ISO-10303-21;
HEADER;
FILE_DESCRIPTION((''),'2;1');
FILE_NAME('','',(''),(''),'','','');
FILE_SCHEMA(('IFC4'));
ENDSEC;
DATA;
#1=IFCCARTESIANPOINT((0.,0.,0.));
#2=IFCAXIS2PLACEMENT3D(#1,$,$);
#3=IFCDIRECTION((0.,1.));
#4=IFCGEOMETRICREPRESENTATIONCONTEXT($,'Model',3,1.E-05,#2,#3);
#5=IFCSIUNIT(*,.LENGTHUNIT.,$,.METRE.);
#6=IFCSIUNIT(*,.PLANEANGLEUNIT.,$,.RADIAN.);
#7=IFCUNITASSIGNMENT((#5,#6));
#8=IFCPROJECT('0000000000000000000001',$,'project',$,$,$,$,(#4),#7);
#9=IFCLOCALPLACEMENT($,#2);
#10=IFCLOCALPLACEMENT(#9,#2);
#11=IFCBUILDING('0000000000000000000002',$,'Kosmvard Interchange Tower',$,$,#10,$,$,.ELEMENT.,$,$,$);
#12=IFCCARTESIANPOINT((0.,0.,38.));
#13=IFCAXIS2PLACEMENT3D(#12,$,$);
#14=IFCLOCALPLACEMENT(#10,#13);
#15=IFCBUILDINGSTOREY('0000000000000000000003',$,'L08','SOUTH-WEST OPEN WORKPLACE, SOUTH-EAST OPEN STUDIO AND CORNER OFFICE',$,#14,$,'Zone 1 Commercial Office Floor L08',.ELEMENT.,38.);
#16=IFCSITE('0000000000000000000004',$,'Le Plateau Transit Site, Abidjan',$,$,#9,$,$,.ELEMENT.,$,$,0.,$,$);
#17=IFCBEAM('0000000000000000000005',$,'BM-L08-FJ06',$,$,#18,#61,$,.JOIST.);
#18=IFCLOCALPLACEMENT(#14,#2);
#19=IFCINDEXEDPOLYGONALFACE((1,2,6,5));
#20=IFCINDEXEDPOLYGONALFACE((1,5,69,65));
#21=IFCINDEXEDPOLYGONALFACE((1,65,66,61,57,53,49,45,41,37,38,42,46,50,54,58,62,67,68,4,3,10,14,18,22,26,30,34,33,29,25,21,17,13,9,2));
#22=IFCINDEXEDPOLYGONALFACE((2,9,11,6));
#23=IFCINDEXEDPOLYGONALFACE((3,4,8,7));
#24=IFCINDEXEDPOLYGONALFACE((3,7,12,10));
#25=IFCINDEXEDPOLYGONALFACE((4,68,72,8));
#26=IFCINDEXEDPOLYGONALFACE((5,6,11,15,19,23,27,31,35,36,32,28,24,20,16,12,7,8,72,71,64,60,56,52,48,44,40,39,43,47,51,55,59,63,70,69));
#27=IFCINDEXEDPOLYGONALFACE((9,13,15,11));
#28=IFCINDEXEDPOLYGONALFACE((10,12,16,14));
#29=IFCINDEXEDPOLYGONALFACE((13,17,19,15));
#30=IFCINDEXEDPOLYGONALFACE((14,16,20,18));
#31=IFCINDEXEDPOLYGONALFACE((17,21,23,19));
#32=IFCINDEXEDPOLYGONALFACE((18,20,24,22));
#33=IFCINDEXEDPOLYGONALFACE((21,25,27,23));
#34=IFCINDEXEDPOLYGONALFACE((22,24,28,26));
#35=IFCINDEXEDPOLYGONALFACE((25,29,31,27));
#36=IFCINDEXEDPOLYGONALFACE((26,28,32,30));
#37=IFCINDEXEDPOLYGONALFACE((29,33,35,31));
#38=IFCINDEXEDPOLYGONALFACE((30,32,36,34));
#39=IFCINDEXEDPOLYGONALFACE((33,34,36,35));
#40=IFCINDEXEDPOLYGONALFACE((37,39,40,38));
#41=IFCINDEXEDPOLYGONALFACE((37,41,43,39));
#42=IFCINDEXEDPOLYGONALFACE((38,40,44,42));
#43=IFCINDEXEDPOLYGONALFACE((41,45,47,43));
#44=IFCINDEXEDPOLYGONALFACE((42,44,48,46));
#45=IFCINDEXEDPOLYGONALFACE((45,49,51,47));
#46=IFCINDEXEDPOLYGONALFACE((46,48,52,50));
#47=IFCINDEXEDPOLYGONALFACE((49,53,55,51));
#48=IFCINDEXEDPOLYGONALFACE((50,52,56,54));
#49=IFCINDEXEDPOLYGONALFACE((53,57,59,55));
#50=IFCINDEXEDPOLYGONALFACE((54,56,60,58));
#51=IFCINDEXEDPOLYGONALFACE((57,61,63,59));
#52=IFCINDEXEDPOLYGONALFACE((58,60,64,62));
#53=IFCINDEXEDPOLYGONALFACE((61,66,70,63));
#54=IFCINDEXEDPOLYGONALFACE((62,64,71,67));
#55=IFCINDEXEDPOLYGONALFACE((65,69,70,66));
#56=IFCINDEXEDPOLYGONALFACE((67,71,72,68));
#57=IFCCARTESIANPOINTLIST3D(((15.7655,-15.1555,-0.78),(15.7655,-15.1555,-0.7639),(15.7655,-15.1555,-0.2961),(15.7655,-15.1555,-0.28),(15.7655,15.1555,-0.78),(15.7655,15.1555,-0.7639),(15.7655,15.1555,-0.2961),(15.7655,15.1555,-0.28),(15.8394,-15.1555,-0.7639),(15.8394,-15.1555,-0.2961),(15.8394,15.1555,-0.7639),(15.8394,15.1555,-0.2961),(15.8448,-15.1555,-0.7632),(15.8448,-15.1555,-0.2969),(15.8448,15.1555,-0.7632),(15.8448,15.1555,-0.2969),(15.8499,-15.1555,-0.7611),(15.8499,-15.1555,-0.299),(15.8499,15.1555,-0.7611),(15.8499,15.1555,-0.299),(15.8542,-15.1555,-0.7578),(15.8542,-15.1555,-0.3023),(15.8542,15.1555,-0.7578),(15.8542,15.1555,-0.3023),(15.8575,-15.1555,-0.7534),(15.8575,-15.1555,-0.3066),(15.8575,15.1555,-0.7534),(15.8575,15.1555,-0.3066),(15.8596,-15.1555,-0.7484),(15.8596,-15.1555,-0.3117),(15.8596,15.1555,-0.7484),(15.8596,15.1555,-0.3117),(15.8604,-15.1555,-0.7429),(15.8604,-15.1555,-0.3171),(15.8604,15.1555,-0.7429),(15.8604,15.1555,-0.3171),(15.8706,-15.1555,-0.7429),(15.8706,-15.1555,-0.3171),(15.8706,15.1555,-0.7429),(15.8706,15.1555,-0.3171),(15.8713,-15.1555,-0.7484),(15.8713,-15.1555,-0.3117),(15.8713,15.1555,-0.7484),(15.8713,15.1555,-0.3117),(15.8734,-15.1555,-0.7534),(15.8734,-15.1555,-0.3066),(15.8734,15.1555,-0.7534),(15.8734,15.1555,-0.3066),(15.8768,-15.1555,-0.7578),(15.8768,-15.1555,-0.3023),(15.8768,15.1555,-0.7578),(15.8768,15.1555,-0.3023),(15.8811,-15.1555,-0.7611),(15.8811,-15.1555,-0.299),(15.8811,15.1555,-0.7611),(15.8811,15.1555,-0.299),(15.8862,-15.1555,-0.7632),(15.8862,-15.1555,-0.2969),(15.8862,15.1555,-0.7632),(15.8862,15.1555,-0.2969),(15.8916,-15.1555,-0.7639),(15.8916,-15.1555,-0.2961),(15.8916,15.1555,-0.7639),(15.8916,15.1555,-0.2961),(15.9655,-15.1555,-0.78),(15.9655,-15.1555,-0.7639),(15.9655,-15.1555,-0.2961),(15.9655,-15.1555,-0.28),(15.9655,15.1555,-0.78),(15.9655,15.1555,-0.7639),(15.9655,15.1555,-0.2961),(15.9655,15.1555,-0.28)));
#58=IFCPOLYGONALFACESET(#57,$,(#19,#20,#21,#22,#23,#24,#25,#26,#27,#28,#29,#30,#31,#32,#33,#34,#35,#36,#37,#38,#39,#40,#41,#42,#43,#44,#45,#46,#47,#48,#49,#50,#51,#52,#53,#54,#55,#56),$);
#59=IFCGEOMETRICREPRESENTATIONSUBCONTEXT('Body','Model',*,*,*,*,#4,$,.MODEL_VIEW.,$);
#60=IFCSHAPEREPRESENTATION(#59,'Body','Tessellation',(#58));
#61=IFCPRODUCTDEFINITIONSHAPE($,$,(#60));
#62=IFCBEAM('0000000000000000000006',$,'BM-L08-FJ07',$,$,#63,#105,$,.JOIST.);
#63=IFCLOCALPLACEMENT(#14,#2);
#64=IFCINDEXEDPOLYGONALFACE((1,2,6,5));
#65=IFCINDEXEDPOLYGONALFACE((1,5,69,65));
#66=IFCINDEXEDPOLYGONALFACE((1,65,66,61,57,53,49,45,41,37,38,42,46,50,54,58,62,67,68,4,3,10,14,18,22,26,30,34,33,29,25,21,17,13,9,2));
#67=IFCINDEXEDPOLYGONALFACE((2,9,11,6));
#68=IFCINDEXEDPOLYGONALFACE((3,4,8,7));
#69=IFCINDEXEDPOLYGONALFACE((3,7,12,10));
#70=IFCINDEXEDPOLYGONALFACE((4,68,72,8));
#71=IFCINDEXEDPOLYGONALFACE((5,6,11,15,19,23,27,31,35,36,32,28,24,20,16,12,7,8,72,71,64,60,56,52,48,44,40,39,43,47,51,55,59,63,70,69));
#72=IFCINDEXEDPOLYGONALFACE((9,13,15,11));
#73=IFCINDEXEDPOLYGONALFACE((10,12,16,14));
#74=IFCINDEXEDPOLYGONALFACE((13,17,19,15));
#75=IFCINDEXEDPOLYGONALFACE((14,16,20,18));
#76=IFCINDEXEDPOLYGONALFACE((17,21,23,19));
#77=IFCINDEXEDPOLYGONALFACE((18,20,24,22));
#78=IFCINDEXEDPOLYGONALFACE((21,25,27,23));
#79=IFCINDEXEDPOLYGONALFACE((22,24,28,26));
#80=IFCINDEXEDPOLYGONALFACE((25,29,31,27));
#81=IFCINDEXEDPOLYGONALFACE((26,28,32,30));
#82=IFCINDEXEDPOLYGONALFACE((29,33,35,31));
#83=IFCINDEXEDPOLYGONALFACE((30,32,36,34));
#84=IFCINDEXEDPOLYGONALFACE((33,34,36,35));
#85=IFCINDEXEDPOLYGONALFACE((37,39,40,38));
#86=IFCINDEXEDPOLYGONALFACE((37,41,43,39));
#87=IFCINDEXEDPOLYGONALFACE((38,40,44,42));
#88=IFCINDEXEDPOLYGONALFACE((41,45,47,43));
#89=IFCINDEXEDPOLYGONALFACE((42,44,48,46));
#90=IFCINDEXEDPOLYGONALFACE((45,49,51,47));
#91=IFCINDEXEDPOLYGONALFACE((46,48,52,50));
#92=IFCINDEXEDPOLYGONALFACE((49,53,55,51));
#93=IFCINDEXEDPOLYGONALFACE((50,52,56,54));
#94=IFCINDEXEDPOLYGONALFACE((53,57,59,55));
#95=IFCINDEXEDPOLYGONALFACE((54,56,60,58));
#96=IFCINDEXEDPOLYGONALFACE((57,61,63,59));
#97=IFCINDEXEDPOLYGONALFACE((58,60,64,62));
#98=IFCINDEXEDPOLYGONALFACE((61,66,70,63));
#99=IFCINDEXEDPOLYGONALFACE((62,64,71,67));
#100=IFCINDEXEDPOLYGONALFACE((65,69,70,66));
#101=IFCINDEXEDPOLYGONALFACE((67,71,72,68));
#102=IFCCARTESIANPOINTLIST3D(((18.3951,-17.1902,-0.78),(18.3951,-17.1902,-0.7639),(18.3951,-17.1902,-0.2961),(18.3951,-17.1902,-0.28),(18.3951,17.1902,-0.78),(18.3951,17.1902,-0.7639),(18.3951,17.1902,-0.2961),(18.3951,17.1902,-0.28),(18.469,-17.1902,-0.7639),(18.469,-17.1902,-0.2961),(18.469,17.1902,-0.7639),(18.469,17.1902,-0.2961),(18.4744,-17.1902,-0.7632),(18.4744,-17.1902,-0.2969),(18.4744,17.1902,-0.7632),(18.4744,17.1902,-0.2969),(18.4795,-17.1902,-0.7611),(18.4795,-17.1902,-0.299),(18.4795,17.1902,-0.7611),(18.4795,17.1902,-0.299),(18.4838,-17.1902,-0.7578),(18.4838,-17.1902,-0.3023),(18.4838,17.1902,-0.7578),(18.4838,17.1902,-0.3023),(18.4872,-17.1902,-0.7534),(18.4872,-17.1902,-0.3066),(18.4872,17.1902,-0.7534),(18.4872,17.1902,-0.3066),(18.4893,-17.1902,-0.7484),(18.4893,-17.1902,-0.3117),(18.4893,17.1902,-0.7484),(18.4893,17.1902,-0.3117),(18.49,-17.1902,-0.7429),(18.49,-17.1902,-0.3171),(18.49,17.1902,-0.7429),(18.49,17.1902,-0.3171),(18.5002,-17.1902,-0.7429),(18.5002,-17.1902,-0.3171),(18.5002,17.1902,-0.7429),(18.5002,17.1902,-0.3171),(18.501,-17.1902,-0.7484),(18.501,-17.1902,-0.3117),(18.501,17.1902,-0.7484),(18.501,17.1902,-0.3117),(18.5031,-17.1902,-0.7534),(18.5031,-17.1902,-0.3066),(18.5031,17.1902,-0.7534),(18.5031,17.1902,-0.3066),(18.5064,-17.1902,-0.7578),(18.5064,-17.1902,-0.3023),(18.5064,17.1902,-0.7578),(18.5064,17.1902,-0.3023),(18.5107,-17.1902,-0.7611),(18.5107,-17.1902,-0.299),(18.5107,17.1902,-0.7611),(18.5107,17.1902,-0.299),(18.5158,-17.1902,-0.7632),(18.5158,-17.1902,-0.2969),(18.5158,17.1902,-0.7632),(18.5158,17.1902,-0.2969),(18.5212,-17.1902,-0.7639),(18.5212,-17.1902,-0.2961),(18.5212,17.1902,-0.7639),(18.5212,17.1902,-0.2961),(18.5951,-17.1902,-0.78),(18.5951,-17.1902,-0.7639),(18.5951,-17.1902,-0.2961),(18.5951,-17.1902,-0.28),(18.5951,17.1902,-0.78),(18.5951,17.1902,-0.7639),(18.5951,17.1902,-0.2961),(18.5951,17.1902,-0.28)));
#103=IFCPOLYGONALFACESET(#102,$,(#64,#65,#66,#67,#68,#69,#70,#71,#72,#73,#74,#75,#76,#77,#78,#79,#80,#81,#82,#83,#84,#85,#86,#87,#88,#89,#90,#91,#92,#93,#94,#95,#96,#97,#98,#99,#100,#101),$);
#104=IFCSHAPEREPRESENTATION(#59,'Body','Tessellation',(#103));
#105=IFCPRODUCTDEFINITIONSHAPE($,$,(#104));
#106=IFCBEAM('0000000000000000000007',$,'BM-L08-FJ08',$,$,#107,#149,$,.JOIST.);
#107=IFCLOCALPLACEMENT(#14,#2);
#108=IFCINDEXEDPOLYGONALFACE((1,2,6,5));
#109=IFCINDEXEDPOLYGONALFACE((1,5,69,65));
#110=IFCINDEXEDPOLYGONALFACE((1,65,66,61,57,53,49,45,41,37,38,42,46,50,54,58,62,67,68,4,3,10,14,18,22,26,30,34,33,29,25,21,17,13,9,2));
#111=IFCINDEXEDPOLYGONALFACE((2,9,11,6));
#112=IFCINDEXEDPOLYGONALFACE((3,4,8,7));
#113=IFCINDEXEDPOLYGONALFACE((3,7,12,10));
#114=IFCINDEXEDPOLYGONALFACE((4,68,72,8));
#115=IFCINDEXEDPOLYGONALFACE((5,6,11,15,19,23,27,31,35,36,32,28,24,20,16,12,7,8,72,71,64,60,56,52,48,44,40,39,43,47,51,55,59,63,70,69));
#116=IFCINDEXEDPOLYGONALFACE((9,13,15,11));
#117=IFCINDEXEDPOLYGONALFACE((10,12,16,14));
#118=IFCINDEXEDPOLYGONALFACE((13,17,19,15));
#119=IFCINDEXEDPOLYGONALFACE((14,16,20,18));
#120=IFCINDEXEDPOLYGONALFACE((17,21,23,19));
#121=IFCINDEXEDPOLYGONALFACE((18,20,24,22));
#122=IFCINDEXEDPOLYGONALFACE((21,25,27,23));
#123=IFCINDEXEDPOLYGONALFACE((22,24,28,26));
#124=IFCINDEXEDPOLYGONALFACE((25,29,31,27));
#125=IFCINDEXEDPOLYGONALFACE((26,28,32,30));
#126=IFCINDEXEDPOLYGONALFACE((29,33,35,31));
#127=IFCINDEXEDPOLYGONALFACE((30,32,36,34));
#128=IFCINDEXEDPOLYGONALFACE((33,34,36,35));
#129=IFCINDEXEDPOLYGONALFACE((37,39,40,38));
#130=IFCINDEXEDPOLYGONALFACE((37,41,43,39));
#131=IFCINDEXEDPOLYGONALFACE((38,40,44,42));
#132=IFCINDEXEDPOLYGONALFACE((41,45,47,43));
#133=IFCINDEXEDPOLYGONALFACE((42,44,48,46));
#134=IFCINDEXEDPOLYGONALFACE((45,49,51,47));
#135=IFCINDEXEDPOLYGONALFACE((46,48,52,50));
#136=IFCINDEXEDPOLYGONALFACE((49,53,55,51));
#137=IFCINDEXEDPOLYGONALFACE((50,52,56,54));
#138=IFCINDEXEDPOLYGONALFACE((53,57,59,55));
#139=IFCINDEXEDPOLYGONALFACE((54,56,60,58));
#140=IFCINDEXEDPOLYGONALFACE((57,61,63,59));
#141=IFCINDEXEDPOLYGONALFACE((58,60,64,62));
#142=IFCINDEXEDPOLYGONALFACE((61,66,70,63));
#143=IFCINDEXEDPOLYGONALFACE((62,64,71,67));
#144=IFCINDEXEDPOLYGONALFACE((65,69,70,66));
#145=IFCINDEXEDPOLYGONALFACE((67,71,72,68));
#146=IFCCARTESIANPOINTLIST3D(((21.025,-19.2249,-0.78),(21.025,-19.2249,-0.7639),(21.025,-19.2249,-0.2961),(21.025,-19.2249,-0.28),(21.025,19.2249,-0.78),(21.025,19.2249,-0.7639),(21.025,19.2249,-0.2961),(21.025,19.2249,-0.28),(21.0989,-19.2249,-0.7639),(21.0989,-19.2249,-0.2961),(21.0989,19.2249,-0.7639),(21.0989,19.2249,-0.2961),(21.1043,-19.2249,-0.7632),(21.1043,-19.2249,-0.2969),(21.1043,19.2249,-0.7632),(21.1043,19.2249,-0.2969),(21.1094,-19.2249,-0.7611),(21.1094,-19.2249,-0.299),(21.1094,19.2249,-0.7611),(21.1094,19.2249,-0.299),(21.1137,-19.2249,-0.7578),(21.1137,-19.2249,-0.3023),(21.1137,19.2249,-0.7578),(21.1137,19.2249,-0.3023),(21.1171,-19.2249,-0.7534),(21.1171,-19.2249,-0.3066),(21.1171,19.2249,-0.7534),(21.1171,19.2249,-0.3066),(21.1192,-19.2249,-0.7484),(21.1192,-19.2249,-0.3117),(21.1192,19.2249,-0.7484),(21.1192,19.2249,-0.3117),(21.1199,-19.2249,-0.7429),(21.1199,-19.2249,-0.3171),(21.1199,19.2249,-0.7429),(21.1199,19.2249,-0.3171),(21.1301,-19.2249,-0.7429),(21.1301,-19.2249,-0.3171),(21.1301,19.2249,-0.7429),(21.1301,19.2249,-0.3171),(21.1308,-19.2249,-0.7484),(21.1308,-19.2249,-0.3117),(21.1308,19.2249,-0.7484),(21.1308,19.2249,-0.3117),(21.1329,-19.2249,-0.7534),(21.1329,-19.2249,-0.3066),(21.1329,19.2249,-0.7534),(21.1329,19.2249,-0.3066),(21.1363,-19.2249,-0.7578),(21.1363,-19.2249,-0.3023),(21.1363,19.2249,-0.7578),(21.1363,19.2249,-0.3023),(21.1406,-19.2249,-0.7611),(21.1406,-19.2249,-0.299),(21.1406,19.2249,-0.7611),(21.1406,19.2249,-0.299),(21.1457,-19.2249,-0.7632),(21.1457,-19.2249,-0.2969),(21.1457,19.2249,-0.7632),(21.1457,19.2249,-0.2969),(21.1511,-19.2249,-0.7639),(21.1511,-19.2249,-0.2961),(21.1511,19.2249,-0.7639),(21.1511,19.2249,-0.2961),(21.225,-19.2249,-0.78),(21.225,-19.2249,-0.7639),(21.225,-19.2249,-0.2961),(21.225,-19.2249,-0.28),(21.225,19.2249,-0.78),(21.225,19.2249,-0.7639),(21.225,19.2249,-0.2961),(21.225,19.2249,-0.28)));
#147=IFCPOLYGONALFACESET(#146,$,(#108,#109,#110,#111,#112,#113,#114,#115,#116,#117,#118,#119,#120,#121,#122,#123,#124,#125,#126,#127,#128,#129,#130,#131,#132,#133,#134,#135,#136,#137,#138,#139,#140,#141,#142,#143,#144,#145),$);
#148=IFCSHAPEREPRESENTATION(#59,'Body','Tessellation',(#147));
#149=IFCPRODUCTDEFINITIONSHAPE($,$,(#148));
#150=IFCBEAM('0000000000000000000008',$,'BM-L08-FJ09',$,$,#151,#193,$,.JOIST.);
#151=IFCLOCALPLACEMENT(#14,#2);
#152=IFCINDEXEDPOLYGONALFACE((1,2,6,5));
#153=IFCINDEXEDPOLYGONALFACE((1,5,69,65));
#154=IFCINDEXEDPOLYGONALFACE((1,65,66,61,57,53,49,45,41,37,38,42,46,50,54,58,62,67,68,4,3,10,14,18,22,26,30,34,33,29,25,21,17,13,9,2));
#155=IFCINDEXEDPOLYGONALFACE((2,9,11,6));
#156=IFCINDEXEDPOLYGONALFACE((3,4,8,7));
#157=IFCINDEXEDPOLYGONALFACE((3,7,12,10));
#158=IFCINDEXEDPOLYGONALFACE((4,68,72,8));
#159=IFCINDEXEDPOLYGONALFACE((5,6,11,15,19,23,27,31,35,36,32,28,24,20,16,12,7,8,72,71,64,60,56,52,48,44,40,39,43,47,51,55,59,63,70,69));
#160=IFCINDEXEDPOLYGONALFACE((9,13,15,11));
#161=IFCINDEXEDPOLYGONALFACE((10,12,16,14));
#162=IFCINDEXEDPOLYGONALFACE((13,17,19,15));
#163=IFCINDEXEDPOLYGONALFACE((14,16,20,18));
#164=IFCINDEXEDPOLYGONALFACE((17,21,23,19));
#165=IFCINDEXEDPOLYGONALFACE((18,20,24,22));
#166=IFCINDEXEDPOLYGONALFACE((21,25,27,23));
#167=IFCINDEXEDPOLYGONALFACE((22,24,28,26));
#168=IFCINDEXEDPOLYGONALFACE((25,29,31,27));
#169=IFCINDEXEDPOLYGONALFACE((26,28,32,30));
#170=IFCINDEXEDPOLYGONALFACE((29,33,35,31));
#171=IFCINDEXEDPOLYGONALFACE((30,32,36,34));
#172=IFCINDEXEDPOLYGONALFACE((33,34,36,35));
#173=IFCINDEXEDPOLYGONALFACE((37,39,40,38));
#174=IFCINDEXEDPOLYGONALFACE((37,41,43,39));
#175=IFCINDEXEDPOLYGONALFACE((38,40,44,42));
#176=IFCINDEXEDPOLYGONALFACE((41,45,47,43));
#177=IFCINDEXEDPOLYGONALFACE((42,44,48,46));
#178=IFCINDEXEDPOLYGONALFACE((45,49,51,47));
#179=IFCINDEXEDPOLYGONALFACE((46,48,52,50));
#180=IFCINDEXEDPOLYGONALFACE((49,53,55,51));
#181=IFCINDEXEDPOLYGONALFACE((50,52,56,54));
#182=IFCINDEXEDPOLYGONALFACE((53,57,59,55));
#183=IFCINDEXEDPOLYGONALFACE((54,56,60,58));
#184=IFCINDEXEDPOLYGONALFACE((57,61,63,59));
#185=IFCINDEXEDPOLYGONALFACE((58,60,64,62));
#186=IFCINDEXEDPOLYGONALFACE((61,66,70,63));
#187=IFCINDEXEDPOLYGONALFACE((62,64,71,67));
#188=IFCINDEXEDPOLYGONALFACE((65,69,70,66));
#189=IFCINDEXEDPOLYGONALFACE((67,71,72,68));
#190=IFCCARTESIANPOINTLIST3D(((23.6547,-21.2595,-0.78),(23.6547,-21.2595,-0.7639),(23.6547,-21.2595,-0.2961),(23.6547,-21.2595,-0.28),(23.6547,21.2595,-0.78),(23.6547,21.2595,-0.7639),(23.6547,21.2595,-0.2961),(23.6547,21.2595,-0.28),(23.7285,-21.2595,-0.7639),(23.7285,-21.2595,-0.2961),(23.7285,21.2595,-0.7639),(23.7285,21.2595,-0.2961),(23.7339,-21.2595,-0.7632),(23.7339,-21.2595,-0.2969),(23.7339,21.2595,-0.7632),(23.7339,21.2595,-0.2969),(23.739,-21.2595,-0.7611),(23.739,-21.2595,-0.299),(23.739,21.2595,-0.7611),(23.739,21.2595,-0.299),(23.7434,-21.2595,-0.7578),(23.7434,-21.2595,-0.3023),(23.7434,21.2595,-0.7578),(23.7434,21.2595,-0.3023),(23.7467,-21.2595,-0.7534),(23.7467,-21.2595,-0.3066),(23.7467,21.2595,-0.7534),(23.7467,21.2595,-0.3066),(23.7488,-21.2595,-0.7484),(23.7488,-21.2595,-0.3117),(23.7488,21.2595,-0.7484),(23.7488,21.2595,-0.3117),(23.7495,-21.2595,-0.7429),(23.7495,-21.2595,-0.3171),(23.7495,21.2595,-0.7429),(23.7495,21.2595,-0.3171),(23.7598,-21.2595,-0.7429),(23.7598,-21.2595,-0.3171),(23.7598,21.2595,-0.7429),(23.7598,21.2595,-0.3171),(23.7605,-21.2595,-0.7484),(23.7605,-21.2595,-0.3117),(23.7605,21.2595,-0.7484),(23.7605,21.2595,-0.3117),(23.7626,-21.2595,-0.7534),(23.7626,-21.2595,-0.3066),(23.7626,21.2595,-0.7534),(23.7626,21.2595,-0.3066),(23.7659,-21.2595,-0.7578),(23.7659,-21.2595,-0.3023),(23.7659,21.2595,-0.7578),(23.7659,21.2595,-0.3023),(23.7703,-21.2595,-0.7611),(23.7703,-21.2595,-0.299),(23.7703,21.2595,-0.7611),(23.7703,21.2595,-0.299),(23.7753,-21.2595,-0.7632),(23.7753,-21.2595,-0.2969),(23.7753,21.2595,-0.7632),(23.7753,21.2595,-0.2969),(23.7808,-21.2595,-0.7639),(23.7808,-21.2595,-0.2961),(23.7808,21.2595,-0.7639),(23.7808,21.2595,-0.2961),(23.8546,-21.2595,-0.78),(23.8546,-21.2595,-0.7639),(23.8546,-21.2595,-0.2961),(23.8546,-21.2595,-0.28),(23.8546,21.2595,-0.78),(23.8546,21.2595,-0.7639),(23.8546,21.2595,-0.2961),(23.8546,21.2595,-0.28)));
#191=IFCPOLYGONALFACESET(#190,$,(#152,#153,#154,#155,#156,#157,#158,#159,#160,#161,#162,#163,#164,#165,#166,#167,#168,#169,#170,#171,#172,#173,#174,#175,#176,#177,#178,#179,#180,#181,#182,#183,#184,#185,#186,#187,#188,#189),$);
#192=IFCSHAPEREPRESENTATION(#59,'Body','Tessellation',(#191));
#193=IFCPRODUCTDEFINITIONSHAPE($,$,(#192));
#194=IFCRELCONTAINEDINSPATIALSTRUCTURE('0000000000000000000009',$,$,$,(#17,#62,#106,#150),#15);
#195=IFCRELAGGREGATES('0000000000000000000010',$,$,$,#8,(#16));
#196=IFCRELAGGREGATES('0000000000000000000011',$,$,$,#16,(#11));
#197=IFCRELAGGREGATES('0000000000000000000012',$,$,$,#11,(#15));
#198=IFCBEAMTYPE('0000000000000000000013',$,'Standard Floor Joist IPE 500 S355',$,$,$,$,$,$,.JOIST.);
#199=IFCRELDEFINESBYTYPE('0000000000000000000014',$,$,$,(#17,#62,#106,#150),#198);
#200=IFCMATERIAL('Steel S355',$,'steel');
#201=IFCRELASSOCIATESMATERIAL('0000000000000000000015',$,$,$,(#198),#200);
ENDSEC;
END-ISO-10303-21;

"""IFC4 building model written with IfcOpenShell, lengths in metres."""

from ifc_helpers import new_model, si_unit, direction, frame, origin, origin_2d, place, context, subcontext, project, spatial, i_section, extrude, source, transform, mapped, material, material_profile, profile_set, type_object, element, save


model = new_model("IFC4")

# Units and contexts
model_context = context("Model", 3, precision=1e-05, world=origin(), true_north=direction((0.0, 1.0)))
body_context = subcontext(model_context, "Body", "Model", "MODEL_VIEW")
ifc_project = project(units=[si_unit("LENGTHUNIT", "METRE"), si_unit("PLANEANGLEUNIT", "RADIAN")], contexts=[model_context])

# Site, building, storey
site_placement = place(None, origin())
site = spatial("IfcSite", under=ifc_project, at=site_placement, Name="Le Plateau Transit Site, Abidjan", CompositionType="ELEMENT", RefElevation=0.0)
building_placement = place(site_placement, origin())
building = spatial("IfcBuilding", under=site, at=building_placement, Name="Kosmvard Interchange Tower", CompositionType="ELEMENT")
storey_placement = place(building_placement, frame((0.0, 0.0, 38.0)))
storey = spatial("IfcBuildingStorey", under=building, at=storey_placement, Name="L08", Description="SOUTH-WEST OPEN WORKPLACE, SOUTH-EAST OPEN STUDIO AND CORNER OFFICE", LongName="Zone 1 Commercial Office Floor L08", CompositionType="ELEMENT", Elevation=38.0)

# Beams
ifc_material_1 = material(Name="Steel S355", Category="steel")
ifc_material_profile_1 = material_profile(ifc_material_1, i_section(OverallWidth=0.2, OverallDepth=0.5, WebThickness=0.0103, FlangeThickness=0.0161, FilletRadius=0.021, at=origin_2d()), Name="IPE 500")
ifc_profile_set_1 = profile_set([ifc_material_profile_1], Name="Steel S355")
beam_type_1 = type_object("IfcBeamType", Name="Standard Floor Joist IPE 500 S355", PredefinedType="JOIST", material=ifc_profile_set_1)
shared_shape_1 = source(origin(), body_context, "Body", "SweptSolid", [
    extrude(i_section(OverallWidth=0.2, OverallDepth=0.5, WebThickness=0.0103, FlangeThickness=0.0161, FilletRadius=0.021, at=origin_2d()), origin(), (0.0, 0.0, 1.0), 30.311),
])
beam_1_placement = place(storey_placement, frame((15.8655, -15.1555, -0.53), z_axis=(0.0, 1.0, 0.0), x_axis=(-1.0, 0.0, 0.0)))
element("IfcBeam", 1, at=beam_1_placement, inside=storey, type_object=beam_type_1, Name="BM-L08-FJ06", PredefinedType="JOIST", context=body_context, shape_type="MappedRepresentation", body=[
    mapped(shared_shape_1, transform((0.0, 0.0, 0.0), scale=1.0)),
])
shared_shape_2 = source(origin(), body_context, "Body", "SweptSolid", [
    extrude(i_section(OverallWidth=0.2, OverallDepth=0.5, WebThickness=0.0103, FlangeThickness=0.0161, FilletRadius=0.021, at=origin_2d()), origin(), (0.0, 0.0, 1.0), 34.3804),
])
beam_2_placement = place(storey_placement, frame((18.4951, -17.1902, -0.53), z_axis=(0.0, 1.0, 0.0), x_axis=(-1.0, 0.0, 0.0)))
element("IfcBeam", 2, at=beam_2_placement, inside=storey, type_object=beam_type_1, Name="BM-L08-FJ07", PredefinedType="JOIST", context=body_context, shape_type="MappedRepresentation", body=[
    mapped(shared_shape_2, transform((0.0, 0.0, 0.0), scale=1.0)),
])
shared_shape_3 = source(origin(), body_context, "Body", "SweptSolid", [
    extrude(i_section(OverallWidth=0.2, OverallDepth=0.5, WebThickness=0.0103, FlangeThickness=0.0161, FilletRadius=0.021, at=origin_2d()), origin(), (0.0, 0.0, 1.0), 38.4497),
])
beam_3_placement = place(storey_placement, frame((21.125, -19.2249, -0.53), z_axis=(0.0, 1.0, 0.0), x_axis=(-1.0, 0.0, 0.0)))
element("IfcBeam", 3, at=beam_3_placement, inside=storey, type_object=beam_type_1, Name="BM-L08-FJ08", PredefinedType="JOIST", context=body_context, shape_type="MappedRepresentation", body=[
    mapped(shared_shape_3, transform((0.0, 0.0, 0.0), scale=1.0)),
])
shared_shape_4 = source(origin(), body_context, "Body", "SweptSolid", [
    extrude(i_section(OverallWidth=0.2, OverallDepth=0.5, WebThickness=0.0103, FlangeThickness=0.0161, FilletRadius=0.021, at=origin_2d()), origin(), (0.0, 0.0, 1.0), 42.519),
])
beam_4_placement = place(storey_placement, frame((23.7546, -21.2595, -0.53), z_axis=(0.0, 1.0, 0.0), x_axis=(-1.0, 0.0, 0.0)))
element("IfcBeam", 4, at=beam_4_placement, inside=storey, type_object=beam_type_1, Name="BM-L08-FJ09", PredefinedType="JOIST", context=body_context, shape_type="MappedRepresentation", body=[
    mapped(shared_shape_4, transform((0.0, 0.0, 0.0), scale=1.0)),
])

save(model, "model.ifc")
